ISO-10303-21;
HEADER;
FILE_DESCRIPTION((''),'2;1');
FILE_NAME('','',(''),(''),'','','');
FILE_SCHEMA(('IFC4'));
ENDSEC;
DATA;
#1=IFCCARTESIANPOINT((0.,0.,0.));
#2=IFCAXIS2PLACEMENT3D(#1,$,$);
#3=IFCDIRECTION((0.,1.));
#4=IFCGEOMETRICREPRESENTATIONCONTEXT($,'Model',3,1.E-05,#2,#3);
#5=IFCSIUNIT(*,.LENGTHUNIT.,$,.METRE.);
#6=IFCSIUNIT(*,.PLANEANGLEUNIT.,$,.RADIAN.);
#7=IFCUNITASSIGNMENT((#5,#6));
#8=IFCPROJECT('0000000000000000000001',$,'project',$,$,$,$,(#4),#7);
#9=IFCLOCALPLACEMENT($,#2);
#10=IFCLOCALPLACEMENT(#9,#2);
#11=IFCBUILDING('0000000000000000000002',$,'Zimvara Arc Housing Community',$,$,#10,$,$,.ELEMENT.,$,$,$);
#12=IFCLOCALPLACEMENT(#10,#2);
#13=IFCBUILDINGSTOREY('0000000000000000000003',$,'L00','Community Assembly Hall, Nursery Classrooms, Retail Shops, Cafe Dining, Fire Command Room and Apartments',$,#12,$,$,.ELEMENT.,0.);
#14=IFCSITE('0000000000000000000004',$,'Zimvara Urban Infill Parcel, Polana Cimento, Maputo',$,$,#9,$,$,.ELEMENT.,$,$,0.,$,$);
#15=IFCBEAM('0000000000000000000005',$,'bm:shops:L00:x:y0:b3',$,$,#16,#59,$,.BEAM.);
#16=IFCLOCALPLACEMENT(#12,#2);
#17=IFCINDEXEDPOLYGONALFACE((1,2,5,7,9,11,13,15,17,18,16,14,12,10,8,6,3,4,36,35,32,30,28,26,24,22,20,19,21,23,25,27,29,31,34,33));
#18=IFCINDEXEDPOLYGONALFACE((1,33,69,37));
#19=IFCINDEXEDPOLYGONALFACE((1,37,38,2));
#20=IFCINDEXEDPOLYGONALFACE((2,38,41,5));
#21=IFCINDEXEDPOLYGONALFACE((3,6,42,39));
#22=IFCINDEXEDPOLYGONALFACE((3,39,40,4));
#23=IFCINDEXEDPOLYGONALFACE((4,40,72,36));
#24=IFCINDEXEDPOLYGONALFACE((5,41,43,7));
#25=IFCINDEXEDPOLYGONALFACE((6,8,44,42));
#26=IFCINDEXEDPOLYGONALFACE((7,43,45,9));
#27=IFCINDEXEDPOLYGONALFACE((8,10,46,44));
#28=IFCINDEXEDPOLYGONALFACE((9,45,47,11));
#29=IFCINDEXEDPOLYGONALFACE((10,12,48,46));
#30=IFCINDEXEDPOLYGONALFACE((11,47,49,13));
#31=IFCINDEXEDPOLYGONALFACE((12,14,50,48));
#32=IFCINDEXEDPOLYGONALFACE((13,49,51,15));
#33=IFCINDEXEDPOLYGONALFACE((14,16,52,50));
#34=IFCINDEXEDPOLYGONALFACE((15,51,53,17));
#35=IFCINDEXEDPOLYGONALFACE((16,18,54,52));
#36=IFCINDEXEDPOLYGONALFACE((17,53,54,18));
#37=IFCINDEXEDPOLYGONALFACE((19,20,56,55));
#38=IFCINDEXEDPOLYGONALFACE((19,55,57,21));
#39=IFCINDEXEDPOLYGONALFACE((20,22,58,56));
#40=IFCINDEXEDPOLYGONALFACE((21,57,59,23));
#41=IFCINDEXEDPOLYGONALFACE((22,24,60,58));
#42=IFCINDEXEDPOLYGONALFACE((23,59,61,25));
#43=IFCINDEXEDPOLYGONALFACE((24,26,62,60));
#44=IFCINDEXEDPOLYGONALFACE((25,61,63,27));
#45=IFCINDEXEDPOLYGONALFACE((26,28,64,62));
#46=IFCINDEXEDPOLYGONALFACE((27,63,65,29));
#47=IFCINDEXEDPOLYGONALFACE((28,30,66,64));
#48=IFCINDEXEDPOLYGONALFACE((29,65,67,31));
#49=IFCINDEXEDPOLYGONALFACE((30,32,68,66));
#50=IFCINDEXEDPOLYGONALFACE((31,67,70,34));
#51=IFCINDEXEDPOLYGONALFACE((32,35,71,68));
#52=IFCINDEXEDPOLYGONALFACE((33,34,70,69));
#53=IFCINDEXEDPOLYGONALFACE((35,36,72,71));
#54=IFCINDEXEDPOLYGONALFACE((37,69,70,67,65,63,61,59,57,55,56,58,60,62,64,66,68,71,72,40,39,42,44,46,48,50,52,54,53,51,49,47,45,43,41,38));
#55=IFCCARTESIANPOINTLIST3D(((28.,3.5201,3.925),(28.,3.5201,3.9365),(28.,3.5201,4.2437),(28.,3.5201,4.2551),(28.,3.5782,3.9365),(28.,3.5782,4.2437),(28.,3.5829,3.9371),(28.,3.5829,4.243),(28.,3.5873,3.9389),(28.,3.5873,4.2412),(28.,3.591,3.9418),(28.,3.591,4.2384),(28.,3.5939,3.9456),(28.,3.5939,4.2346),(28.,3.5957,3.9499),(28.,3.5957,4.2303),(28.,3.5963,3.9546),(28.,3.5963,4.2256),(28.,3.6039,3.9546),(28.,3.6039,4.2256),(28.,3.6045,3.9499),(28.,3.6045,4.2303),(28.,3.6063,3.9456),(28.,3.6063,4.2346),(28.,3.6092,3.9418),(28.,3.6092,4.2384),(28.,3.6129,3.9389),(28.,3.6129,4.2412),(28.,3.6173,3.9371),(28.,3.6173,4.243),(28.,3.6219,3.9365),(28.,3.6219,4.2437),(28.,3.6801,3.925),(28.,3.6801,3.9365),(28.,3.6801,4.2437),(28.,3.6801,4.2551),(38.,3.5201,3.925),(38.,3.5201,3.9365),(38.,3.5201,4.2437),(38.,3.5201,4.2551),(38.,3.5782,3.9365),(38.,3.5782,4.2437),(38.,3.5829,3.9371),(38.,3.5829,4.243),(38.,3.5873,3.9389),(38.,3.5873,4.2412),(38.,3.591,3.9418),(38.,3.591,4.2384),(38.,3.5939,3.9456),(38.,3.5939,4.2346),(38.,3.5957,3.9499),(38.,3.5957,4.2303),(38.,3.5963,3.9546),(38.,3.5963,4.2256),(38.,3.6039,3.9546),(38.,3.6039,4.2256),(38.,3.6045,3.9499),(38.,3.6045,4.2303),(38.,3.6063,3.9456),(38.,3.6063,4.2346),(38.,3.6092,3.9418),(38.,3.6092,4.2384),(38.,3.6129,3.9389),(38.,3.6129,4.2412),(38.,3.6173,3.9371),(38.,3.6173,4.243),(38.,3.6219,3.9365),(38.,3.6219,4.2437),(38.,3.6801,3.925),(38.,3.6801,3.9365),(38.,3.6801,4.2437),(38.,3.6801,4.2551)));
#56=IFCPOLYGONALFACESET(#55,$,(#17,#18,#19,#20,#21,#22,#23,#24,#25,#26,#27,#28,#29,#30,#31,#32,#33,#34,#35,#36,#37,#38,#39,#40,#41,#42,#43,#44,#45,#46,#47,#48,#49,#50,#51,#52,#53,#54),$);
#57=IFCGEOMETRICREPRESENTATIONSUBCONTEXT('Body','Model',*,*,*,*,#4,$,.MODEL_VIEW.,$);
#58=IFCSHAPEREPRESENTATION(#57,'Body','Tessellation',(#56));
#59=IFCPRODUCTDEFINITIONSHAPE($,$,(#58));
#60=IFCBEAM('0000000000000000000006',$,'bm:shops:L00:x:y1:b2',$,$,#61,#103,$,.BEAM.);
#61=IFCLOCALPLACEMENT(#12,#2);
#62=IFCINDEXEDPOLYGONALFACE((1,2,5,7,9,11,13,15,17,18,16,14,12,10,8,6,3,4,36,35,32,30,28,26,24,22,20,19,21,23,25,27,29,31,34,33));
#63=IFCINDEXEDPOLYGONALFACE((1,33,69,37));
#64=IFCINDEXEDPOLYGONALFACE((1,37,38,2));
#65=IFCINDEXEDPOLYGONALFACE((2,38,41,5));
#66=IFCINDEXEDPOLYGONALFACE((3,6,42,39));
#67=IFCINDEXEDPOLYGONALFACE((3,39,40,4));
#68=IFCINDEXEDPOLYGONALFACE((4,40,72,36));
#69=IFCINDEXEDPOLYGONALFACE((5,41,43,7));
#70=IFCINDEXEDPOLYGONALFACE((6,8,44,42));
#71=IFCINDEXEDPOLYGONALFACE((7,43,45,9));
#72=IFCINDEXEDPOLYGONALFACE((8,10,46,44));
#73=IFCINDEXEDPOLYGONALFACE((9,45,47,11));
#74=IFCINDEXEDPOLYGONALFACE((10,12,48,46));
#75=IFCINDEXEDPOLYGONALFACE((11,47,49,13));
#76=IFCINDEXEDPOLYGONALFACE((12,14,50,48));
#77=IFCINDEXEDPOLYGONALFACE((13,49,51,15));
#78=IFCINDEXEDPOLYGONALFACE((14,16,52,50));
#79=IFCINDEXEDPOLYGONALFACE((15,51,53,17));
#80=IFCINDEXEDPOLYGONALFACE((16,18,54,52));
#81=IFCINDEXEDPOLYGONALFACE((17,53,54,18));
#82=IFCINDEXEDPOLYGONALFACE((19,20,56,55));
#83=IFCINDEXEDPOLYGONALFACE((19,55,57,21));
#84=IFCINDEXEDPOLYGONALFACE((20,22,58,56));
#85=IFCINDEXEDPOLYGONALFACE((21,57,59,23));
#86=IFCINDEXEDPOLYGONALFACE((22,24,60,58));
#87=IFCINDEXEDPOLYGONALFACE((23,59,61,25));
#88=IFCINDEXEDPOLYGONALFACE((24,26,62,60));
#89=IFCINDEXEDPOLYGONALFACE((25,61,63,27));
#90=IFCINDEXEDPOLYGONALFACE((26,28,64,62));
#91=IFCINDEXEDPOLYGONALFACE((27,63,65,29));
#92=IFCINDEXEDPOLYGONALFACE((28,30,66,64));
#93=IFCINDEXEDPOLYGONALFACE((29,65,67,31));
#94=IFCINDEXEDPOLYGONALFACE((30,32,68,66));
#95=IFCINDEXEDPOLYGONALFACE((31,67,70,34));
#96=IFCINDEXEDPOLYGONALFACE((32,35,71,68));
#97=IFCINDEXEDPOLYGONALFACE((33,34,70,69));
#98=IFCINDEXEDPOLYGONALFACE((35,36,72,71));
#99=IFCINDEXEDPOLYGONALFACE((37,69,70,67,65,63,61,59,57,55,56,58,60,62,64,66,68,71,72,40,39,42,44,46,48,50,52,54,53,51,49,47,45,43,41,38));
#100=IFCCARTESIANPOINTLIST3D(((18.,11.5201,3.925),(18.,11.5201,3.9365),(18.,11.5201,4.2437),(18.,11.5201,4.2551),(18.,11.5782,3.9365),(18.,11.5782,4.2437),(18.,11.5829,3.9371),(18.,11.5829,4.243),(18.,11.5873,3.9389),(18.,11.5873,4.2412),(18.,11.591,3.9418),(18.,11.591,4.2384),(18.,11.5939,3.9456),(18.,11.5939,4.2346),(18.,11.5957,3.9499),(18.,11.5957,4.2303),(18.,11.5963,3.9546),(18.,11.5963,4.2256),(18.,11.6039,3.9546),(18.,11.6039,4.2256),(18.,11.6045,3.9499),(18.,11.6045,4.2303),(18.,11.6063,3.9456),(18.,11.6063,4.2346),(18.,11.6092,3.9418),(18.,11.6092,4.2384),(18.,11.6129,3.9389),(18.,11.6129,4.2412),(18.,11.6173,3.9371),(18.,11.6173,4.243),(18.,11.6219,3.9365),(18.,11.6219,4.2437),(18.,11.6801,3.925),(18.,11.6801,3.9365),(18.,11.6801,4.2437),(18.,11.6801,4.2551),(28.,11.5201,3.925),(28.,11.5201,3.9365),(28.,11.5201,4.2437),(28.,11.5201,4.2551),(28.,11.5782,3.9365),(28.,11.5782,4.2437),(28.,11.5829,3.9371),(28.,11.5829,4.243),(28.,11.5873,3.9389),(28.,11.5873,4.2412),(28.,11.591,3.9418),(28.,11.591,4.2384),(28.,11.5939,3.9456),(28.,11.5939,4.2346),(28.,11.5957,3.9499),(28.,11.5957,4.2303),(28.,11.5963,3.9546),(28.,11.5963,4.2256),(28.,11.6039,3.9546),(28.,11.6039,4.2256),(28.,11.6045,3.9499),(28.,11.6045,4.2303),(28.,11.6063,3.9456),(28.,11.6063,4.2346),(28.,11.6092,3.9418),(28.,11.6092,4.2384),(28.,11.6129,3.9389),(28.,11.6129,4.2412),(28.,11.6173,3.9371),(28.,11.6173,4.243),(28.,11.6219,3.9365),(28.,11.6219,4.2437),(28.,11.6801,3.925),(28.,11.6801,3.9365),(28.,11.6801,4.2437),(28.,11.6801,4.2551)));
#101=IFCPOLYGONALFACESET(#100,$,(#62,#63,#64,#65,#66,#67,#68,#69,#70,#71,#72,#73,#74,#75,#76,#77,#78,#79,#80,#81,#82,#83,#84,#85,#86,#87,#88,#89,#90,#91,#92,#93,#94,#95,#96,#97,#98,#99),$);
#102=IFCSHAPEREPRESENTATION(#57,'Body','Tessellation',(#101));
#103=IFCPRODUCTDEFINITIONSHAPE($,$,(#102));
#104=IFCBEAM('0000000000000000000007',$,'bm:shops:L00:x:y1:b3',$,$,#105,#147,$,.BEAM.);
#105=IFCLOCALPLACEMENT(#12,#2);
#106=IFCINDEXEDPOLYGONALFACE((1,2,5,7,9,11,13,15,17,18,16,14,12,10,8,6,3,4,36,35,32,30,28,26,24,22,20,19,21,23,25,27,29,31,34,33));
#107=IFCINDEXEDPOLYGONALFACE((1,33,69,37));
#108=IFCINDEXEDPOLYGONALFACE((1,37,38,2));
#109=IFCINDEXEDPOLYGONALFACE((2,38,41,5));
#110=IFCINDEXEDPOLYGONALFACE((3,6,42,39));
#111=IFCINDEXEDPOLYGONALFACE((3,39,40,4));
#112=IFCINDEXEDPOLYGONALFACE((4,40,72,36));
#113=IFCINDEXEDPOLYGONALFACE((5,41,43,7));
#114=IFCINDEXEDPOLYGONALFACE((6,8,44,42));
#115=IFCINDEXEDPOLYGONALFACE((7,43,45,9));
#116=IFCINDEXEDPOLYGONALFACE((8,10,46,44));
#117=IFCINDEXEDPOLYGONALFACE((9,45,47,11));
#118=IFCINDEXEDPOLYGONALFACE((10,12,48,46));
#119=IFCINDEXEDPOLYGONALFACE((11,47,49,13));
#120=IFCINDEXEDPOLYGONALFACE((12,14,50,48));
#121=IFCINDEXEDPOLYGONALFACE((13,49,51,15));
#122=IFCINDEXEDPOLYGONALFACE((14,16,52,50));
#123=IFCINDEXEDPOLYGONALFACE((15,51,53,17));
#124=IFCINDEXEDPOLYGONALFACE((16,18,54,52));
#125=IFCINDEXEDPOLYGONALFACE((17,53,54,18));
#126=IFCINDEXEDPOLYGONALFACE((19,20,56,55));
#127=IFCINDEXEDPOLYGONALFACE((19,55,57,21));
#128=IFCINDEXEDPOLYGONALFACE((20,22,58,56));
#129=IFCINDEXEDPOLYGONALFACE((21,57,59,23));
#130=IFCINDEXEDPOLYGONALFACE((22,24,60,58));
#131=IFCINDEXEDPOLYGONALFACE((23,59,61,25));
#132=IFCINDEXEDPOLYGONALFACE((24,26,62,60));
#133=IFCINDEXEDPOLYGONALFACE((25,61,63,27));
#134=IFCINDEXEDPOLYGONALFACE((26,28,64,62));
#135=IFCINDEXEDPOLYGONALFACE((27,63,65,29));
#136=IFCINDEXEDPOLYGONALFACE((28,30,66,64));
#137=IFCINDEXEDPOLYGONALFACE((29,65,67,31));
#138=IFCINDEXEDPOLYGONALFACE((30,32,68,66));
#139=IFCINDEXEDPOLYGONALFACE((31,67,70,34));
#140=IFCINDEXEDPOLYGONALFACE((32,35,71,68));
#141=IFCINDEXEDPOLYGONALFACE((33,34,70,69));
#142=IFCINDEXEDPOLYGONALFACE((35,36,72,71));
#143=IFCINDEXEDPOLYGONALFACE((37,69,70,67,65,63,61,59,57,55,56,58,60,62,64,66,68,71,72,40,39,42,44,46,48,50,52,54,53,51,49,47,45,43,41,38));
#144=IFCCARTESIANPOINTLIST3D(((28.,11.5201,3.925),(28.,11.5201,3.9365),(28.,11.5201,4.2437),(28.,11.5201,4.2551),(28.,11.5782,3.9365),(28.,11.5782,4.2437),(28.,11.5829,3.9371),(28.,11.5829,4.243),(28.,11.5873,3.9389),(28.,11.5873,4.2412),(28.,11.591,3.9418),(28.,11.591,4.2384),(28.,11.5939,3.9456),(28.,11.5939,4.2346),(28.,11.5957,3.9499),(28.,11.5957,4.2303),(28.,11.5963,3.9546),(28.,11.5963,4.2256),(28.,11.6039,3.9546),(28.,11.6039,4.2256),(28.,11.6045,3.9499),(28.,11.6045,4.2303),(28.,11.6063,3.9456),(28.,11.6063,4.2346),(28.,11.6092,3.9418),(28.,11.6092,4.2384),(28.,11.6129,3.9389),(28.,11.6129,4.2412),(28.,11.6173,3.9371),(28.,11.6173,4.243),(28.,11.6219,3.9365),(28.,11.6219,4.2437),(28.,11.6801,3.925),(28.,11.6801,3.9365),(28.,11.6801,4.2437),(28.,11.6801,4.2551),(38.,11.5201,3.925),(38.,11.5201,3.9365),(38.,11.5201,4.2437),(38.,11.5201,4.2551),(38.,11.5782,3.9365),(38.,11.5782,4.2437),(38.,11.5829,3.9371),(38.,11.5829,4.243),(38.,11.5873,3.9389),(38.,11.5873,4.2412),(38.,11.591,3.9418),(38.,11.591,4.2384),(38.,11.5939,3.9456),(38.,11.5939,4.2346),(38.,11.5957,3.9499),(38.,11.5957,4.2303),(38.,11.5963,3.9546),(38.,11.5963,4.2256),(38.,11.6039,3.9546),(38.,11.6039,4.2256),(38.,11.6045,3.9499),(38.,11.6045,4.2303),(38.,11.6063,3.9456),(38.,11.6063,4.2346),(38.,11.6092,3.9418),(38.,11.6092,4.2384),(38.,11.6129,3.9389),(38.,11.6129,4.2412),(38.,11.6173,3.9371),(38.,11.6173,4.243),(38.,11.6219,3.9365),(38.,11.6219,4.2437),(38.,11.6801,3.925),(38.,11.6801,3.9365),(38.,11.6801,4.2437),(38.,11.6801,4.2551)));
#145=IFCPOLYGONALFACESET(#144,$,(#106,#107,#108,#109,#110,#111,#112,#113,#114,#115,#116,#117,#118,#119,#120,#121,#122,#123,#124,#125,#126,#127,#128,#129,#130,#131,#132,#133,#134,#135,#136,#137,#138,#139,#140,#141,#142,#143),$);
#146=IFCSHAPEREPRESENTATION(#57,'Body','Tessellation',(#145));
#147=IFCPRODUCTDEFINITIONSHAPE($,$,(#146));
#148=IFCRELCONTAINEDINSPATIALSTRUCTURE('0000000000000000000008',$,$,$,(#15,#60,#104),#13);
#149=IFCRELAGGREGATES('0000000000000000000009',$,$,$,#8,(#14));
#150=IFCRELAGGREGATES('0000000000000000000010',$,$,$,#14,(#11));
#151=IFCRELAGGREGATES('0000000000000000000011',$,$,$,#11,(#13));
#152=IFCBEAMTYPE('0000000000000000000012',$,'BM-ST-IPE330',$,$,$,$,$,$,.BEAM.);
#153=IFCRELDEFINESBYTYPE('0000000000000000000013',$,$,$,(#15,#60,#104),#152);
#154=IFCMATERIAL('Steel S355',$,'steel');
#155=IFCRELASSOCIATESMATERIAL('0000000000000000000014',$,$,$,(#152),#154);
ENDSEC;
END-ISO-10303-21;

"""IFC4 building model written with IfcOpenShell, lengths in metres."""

from ifc_helpers import new_model, si_unit, direction, frame, origin, origin_2d, place, context, subcontext, project, spatial, i_section, extrude, material, material_profile, profile_set, type_object, element, save


model = new_model("IFC4")

# Units and contexts
model_context = context("Model", 3, precision=1e-05, world=origin(), true_north=direction((0.0, 1.0)))
body_context = subcontext(model_context, "Body", "Model", "MODEL_VIEW")
ifc_project = project(units=[si_unit("LENGTHUNIT", "METRE"), si_unit("PLANEANGLEUNIT", "RADIAN")], contexts=[model_context])

# Site, building, storey
site_placement = place(None, origin())
site = spatial("IfcSite", under=ifc_project, at=site_placement, Name="Zimvara Urban Infill Parcel, Polana Cimento, Maputo", CompositionType="ELEMENT", RefElevation=0.0)
building_placement = place(site_placement, origin())
building = spatial("IfcBuilding", under=site, at=building_placement, Name="Zimvara Arc Housing Community", CompositionType="ELEMENT")
storey_placement = place(building_placement, origin())
storey = spatial("IfcBuildingStorey", under=building, at=storey_placement, Name="L00", Description="Community Assembly Hall, Nursery Classrooms, Retail Shops, Cafe Dining, Fire Command Room and Apartments", CompositionType="ELEMENT", Elevation=0.0)

# Beams
ifc_material_1 = material(Name="Steel S355", Category="steel")
ifc_material_profile_1 = material_profile(ifc_material_1, i_section(OverallWidth=0.1599, OverallDepth=0.3301, WebThickness=0.0076, FlangeThickness=0.0115, FilletRadius=0.0181, at=origin_2d()), Name="IPE 330")
ifc_profile_set_1 = profile_set([ifc_material_profile_1], Name="Steel S355")
beam_type_1 = type_object("IfcBeamType", Name="BM-ST-IPE330", PredefinedType="BEAM", material=ifc_profile_set_1)
for number, where, z_axis, x_axis, name in (
    (1, (28.0, 3.6001, 4.0901), (1.0, 0.0, 0.0), (0.0, 1.0, 0.0), "bm:shops:L00:x:y0:b3"),
    (2, (18.0, 11.6001, 4.0901), (1.0, 0.0, 0.0), (0.0, 1.0, 0.0), "bm:shops:L00:x:y1:b2"),
    (3, (28.0, 11.6001, 4.0901), (1.0, 0.0, 0.0), (0.0, 1.0, 0.0), "bm:shops:L00:x:y1:b3"),
):
    element("IfcBeam", number, at=place(storey_placement, frame(where, z_axis=z_axis, x_axis=x_axis)), inside=storey, type_object=beam_type_1, Name=name, PredefinedType="BEAM", context=body_context, shape_type="SweptSolid", body=[
        extrude(i_section(OverallWidth=0.1599, OverallDepth=0.3301, WebThickness=0.0076, FlangeThickness=0.0115, FilletRadius=0.0181, at=origin_2d()), origin(), (0.0, 0.0, 1.0), 10.0),
    ])

save(model, "model.ifc")
